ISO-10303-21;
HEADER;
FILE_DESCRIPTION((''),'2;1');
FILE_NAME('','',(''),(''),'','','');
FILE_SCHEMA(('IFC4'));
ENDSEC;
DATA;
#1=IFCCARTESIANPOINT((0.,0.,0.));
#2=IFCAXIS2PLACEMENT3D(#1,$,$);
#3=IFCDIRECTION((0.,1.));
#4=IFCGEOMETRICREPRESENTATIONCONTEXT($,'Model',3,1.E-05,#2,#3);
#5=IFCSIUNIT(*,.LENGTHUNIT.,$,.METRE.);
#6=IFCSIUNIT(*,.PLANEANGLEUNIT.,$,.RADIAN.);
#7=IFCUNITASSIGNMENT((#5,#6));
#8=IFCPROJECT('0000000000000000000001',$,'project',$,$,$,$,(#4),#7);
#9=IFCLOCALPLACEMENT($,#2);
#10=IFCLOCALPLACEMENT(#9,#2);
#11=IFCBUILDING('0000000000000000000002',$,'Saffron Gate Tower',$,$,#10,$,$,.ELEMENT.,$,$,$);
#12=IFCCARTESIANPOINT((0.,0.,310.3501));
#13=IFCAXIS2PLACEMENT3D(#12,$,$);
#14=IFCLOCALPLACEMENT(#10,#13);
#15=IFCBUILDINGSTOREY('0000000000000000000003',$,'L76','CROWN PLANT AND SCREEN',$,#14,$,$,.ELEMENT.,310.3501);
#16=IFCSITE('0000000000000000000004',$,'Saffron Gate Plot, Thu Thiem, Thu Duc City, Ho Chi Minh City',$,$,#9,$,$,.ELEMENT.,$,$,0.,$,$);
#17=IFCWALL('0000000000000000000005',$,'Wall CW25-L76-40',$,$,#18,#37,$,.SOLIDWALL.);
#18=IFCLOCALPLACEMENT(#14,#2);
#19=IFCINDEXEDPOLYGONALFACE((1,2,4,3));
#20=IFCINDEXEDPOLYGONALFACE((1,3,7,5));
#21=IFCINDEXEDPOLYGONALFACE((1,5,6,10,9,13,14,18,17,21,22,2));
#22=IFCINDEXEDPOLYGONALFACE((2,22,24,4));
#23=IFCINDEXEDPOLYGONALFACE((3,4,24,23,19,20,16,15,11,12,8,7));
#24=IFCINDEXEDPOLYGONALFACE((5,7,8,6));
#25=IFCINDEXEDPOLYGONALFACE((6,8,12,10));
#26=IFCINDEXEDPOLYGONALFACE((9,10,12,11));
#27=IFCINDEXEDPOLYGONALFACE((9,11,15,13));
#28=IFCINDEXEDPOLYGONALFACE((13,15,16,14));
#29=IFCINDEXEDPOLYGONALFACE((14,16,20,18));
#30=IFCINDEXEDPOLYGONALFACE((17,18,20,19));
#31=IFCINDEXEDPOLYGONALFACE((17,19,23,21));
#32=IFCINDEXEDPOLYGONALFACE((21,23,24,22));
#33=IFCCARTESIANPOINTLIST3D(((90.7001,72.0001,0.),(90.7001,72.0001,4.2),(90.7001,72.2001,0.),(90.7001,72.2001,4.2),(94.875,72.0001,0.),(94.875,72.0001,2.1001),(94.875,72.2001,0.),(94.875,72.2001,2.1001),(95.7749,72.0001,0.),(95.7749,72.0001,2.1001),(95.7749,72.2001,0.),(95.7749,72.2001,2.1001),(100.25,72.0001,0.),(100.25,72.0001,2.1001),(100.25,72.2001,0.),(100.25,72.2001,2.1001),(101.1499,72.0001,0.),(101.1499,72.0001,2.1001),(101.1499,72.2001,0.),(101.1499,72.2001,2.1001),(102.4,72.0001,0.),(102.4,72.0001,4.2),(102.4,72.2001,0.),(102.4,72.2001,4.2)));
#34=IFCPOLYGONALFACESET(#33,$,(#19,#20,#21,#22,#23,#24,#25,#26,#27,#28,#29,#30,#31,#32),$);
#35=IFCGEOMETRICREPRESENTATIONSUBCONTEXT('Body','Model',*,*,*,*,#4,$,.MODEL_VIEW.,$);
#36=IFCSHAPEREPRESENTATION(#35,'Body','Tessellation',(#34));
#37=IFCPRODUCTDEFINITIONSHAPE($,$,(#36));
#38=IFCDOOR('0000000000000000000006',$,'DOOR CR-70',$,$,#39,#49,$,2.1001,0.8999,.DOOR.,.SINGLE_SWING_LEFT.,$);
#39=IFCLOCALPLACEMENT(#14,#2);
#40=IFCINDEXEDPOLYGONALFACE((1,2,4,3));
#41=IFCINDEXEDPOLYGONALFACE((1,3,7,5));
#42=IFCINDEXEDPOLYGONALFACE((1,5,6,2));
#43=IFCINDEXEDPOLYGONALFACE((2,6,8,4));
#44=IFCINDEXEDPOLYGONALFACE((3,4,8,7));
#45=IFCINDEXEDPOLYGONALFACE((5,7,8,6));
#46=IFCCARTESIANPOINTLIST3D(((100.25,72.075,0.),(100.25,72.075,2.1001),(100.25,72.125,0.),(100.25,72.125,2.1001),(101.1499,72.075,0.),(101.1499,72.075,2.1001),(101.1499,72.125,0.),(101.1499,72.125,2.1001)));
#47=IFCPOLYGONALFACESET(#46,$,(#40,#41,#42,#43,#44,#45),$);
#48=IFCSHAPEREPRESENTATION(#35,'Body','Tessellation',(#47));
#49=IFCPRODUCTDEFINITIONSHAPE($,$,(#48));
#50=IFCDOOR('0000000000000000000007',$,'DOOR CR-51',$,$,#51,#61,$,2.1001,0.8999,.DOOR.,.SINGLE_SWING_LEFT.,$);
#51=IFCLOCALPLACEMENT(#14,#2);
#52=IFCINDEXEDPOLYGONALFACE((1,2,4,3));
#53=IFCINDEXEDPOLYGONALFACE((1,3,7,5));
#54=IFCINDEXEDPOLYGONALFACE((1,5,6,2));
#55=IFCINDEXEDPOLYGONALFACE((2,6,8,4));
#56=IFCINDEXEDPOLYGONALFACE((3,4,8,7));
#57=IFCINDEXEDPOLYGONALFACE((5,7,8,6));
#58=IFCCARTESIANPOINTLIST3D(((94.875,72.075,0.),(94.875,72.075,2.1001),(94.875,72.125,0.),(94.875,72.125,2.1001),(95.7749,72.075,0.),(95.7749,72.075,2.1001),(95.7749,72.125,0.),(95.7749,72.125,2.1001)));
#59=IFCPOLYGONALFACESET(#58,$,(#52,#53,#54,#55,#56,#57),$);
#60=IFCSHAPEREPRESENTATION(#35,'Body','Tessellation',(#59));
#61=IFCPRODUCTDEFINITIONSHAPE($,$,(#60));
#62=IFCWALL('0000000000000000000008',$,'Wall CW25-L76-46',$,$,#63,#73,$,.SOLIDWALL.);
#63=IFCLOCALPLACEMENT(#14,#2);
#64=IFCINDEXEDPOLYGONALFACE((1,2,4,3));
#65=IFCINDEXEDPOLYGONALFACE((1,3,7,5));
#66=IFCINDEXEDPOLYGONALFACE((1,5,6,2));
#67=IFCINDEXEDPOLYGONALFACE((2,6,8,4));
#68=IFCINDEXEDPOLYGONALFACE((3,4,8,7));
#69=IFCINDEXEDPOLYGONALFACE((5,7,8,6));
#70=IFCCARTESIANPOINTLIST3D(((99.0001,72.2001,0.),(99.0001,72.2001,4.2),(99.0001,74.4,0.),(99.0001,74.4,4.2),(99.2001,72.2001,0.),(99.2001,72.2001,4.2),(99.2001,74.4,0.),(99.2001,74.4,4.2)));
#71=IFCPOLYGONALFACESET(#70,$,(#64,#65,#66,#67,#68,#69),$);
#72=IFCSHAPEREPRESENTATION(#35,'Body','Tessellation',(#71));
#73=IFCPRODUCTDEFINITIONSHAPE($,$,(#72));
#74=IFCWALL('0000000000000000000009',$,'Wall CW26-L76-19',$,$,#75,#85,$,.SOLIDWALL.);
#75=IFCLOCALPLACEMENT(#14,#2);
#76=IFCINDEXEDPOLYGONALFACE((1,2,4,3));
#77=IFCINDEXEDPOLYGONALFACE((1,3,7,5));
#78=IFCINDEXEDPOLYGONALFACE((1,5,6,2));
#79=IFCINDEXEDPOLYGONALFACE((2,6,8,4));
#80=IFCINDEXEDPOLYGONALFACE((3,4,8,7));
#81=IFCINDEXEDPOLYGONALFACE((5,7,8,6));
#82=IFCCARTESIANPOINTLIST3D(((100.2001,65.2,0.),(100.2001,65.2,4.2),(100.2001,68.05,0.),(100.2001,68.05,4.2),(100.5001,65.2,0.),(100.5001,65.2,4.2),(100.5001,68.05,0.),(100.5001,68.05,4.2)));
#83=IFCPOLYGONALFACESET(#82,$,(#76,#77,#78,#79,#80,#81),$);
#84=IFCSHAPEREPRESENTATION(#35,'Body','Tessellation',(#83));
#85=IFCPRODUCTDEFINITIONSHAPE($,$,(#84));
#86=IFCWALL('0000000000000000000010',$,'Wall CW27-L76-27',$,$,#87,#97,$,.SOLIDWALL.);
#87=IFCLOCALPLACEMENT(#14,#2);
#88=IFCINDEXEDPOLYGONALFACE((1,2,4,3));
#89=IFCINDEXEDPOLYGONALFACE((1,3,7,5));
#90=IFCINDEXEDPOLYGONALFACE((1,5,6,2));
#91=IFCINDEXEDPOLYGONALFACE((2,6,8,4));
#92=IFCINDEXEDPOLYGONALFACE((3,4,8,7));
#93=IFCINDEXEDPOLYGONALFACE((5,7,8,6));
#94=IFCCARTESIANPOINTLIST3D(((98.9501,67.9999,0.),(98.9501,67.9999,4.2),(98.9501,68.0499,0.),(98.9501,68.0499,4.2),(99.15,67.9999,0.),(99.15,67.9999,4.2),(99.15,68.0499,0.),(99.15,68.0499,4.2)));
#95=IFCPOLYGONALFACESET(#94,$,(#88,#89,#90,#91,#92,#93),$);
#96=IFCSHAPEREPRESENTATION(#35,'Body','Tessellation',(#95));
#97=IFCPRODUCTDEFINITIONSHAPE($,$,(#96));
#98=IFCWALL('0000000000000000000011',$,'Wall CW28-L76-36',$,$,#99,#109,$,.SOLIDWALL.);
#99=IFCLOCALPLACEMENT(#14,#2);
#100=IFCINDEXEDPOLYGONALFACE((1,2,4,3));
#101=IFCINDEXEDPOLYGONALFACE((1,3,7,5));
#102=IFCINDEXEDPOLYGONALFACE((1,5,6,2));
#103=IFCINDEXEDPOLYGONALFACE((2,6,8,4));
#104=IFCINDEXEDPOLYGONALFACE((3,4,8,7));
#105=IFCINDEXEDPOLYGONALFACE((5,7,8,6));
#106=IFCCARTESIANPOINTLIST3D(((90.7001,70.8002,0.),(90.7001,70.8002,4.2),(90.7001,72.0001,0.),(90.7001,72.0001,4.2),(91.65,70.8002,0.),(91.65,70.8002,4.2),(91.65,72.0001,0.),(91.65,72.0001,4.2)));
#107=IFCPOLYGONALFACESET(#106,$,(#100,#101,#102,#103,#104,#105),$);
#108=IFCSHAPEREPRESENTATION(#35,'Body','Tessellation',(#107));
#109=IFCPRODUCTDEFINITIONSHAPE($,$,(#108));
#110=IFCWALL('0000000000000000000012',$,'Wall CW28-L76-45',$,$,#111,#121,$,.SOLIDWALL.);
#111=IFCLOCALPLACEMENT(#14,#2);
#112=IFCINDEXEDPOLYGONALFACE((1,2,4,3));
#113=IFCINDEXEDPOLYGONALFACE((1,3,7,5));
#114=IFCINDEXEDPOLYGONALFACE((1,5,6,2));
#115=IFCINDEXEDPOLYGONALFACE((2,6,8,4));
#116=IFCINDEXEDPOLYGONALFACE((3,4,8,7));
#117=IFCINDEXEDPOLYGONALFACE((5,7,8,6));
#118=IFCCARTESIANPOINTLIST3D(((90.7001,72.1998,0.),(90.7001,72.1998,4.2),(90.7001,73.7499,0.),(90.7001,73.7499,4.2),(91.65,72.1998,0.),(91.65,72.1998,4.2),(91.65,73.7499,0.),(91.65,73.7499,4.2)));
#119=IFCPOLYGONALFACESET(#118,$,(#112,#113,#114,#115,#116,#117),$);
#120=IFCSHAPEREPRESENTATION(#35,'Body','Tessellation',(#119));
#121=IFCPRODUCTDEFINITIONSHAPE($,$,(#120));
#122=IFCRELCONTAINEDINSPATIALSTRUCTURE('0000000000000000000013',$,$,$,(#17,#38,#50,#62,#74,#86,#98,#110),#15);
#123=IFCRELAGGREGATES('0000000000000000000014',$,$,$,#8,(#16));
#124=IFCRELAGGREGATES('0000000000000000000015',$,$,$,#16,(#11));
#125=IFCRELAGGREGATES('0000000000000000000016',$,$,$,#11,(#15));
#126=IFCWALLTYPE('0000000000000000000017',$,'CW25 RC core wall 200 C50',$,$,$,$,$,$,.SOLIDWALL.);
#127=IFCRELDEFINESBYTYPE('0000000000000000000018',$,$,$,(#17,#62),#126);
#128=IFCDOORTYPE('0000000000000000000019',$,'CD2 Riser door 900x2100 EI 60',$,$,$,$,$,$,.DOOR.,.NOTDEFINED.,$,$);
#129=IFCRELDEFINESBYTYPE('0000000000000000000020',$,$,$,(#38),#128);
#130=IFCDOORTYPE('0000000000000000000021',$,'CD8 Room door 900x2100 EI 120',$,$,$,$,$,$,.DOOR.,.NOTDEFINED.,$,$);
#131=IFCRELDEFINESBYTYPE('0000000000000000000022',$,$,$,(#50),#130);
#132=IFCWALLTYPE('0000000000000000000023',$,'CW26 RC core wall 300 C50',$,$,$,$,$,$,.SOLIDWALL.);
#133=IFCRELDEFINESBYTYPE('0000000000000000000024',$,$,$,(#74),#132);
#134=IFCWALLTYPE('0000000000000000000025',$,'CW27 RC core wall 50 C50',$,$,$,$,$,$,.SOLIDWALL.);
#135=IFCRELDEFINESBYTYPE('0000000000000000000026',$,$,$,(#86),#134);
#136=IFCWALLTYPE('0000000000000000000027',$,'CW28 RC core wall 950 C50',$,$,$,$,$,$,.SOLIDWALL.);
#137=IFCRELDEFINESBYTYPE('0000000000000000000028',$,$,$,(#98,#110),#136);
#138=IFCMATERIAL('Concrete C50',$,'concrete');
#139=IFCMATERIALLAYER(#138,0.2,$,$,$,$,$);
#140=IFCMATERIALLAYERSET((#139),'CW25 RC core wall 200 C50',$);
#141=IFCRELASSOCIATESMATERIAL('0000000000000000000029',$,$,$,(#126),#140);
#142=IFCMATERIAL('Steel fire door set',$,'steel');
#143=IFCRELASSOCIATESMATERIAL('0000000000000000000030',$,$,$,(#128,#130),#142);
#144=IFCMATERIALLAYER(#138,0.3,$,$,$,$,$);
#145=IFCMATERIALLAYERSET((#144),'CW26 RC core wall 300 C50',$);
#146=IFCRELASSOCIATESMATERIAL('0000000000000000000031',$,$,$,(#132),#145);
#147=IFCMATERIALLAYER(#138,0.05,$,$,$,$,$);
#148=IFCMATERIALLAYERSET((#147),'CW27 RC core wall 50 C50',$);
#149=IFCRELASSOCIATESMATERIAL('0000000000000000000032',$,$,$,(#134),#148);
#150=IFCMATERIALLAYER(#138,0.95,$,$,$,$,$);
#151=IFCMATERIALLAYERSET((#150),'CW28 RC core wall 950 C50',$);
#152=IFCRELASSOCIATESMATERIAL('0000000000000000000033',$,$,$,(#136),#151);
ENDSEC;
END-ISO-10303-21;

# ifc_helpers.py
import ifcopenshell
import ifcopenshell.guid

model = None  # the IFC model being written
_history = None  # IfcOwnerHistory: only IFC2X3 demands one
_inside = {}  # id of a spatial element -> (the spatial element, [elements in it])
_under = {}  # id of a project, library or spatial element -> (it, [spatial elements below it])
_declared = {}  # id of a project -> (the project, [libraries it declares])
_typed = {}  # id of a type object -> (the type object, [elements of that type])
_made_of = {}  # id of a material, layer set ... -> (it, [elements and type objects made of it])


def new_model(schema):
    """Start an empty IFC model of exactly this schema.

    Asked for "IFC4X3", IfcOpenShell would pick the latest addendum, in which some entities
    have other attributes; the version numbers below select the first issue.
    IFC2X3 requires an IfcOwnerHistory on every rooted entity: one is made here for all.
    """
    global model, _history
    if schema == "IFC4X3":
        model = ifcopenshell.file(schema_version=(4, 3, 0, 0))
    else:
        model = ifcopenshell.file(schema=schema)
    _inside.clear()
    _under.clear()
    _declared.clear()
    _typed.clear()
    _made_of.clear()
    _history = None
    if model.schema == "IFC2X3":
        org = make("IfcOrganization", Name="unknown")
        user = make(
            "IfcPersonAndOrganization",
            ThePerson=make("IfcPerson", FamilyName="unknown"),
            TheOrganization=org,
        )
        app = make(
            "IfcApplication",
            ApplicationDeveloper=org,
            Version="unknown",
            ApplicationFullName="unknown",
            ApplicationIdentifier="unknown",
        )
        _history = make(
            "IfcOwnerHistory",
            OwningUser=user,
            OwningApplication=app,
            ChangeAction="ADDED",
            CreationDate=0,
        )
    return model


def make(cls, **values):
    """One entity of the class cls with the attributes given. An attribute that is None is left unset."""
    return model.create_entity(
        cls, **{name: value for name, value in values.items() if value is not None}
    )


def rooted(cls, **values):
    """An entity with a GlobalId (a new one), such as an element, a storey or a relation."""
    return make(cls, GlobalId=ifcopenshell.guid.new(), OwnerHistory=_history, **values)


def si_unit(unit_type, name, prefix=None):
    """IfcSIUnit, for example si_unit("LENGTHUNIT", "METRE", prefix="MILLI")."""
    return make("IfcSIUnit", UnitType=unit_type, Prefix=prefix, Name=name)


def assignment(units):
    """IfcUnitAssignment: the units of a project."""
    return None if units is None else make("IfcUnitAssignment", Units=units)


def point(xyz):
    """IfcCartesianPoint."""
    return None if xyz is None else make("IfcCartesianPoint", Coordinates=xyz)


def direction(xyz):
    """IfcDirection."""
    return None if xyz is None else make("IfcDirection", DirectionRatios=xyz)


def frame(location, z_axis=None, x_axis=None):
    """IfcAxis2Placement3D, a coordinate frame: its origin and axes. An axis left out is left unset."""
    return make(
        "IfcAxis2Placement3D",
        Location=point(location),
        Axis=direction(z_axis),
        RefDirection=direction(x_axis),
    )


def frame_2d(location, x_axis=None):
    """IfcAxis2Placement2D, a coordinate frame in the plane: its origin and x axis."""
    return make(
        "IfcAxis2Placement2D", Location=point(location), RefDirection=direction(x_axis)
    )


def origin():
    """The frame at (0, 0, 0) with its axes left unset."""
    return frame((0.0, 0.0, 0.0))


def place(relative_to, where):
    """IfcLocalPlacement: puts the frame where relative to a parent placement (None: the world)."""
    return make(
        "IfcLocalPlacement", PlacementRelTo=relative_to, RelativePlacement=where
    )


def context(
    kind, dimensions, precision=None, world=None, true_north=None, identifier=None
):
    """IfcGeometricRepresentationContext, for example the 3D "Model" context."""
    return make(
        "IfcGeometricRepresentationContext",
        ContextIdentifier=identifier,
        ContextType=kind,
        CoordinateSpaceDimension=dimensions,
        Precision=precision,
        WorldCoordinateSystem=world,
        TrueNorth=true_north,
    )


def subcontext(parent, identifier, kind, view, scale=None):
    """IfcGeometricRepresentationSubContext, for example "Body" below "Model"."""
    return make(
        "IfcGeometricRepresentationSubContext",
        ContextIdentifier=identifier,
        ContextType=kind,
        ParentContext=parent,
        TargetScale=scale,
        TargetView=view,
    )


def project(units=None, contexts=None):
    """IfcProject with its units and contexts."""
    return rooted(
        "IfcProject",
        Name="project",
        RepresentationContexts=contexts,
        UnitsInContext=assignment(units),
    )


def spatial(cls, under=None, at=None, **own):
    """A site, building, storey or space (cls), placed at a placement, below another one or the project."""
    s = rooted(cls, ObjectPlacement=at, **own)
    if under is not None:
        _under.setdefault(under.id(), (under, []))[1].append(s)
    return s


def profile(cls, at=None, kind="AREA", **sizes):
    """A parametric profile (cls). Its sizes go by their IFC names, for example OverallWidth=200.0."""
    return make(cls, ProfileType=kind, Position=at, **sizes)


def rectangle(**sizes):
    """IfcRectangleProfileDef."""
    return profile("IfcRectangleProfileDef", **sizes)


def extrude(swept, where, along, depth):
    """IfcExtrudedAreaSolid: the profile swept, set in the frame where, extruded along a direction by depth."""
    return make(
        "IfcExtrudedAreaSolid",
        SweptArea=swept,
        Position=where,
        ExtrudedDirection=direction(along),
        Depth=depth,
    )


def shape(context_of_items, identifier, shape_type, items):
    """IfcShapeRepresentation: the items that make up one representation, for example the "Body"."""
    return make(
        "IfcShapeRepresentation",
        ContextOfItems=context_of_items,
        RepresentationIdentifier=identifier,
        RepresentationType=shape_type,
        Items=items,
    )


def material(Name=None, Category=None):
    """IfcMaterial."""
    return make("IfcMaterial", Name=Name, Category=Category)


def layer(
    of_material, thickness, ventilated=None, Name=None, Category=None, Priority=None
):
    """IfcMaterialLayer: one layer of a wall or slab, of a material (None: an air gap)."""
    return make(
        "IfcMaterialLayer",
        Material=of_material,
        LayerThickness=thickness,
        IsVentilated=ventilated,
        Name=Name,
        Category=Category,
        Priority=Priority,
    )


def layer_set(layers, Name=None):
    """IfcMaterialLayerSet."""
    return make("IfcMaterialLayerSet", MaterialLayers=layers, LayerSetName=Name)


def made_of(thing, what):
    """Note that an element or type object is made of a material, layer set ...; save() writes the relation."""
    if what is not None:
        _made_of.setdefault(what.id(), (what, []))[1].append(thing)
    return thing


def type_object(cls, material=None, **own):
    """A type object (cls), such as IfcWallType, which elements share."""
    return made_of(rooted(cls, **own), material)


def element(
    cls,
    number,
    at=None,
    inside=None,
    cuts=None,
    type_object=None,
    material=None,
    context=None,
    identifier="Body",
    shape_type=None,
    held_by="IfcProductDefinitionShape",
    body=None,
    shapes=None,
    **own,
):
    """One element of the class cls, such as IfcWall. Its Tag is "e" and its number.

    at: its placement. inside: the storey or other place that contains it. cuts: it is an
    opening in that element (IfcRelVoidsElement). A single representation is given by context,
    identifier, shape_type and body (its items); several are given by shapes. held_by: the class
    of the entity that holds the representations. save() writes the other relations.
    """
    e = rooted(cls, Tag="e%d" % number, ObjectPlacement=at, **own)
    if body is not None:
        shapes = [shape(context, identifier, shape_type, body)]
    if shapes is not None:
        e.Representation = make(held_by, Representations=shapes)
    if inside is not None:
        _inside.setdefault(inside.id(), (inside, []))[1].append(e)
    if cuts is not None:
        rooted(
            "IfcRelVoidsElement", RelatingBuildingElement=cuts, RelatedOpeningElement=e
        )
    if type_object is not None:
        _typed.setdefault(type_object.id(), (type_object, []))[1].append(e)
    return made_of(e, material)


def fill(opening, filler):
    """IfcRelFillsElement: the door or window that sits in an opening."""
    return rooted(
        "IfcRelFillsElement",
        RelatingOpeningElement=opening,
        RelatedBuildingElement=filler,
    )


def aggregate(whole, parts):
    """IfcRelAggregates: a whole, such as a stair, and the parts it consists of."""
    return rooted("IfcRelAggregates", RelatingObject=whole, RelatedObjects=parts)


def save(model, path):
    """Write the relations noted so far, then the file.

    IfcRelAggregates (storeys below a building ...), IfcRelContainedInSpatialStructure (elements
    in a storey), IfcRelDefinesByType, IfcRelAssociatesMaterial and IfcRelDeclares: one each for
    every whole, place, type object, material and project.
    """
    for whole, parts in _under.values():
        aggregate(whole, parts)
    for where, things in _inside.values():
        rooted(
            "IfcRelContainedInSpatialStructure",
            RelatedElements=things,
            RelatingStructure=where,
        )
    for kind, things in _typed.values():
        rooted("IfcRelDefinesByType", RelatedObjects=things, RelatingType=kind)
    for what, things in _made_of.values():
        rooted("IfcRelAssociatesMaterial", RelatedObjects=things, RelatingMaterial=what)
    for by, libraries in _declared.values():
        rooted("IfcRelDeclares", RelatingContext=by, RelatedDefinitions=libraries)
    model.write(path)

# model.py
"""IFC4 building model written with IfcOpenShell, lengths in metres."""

from ifc_helpers import new_model, si_unit, direction, frame, frame_2d, origin, place, context, subcontext, project, spatial, rectangle, extrude, material, layer, layer_set, type_object, element, fill, save


model = new_model("IFC4")

# Units and contexts
model_context = context("Model", 3, precision=1e-05, world=origin(), true_north=direction((0.0, 1.0)))
body_context = subcontext(model_context, "Body", "Model", "MODEL_VIEW")
ifc_project = project(units=[si_unit("LENGTHUNIT", "METRE"), si_unit("PLANEANGLEUNIT", "RADIAN")], contexts=[model_context])

# Site, building, storey
site_placement = place(None, origin())
site = spatial("IfcSite", under=ifc_project, at=site_placement, Name="Saffron Gate Plot, Thu Thiem, Thu Duc City, Ho Chi Minh City", CompositionType="ELEMENT", RefElevation=0.0)
building_placement = place(site_placement, origin())
building = spatial("IfcBuilding", under=site, at=building_placement, Name="Saffron Gate Tower", CompositionType="ELEMENT")
storey_placement = place(building_placement, frame((0.0, 0.0, 310.3501)))
storey = spatial("IfcBuildingStorey", under=building, at=storey_placement, Name="L76", Description="CROWN PLANT AND SCREEN", CompositionType="ELEMENT", Elevation=310.3501)

# Shared definitions
ifc_material_1 = material(Name="Concrete C50", Category="concrete")

# Shared definitions
ifc_material_2 = material(Name="Steel fire door set", Category="steel")

# Shared definitions
ifc_layer_1 = layer(ifc_material_1, 0.2)
ifc_layer_set_1 = layer_set([ifc_layer_1], Name="CW25 RC core wall 200 C50")
wall_type_1 = type_object("IfcWallType", Name="CW25 RC core wall 200 C50", PredefinedType="SOLIDWALL", material=ifc_layer_set_1)

# Shared definitions
door_type_1 = type_object("IfcDoorType", Name="CD2 Riser door 900x2100 EI 60", OperationType="NOTDEFINED", PredefinedType="DOOR", material=ifc_material_2)

# Wall, openings, doors
wall_1_placement = place(storey_placement, frame((90.7, 72.1001, 0.0), z_axis=(0.0, 0.0, 1.0), x_axis=(1.0, 0.0, 0.0)))
wall_1 = element("IfcWall", 1, at=wall_1_placement, inside=storey, type_object=wall_type_1, Name="Wall CW25-L76-40", PredefinedType="SOLIDWALL", context=body_context, shape_type="SweptSolid", body=[
    extrude(rectangle(XDim=11.7, YDim=0.2, at=frame_2d((5.8501, 0.0))), origin(), (0.0, 0.0, 1.0), 4.2),
])
opening_1_placement = place(wall_1_placement, frame((4.175, 0.0, 0.0)))
opening_1 = element("IfcOpeningElement", 2, at=opening_1_placement, cuts=wall_1, PredefinedType="OPENING", context=body_context, shape_type="SweptSolid", body=[
    extrude(rectangle(XDim=0.8999, YDim=2.1001, at=frame_2d((0.45, 1.05))), frame((0.0, 0.1099, 0.0), z_axis=(0.0, -1.0, 0.0), x_axis=(1.0, 0.0, 0.0)), (0.0, 0.0, 1.0), 0.22),
])
opening_2_placement = place(wall_1_placement, frame((9.55, 0.0, 0.0)))
opening_2 = element("IfcOpeningElement", 3, at=opening_2_placement, cuts=wall_1, PredefinedType="OPENING", context=body_context, shape_type="SweptSolid", body=[
    extrude(rectangle(XDim=0.8999, YDim=2.1001, at=frame_2d((0.45, 1.05))), frame((0.0, 0.1099, 0.0), z_axis=(0.0, -1.0, 0.0), x_axis=(1.0, 0.0, 0.0)), (0.0, 0.0, 1.0), 0.22),
])
door_1_placement = place(opening_2_placement, origin())
door_1 = element("IfcDoor", 4, at=door_1_placement, inside=storey, type_object=door_type_1, Name="DOOR CR-70", OperationType="SINGLE_SWING_LEFT", OverallHeight=2.1001, OverallWidth=0.8999, PredefinedType="DOOR", context=body_context, shape_type="SweptSolid", body=[
    extrude(rectangle(XDim=0.8999, YDim=2.1001, at=frame_2d((0.45, 1.05))), frame((0.0, 0.0249, 0.0), z_axis=(0.0, -1.0, 0.0), x_axis=(1.0, 0.0, 0.0)), (0.0, 0.0, 1.0), 0.05),
])
fill(opening_2, door_1)
door_type_2 = type_object("IfcDoorType", Name="CD8 Room door 900x2100 EI 120", OperationType="NOTDEFINED", PredefinedType="DOOR", material=ifc_material_2)
door_2_placement = place(opening_1_placement, origin())
door_2 = element("IfcDoor", 5, at=door_2_placement, inside=storey, type_object=door_type_2, Name="DOOR CR-51", OperationType="SINGLE_SWING_LEFT", OverallHeight=2.1001, OverallWidth=0.8999, PredefinedType="DOOR", context=body_context, shape_type="SweptSolid", body=[
    extrude(rectangle(XDim=0.8999, YDim=2.1001, at=frame_2d((0.45, 1.05))), frame((0.0, 0.0249, 0.0), z_axis=(0.0, -1.0, 0.0), x_axis=(1.0, 0.0, 0.0)), (0.0, 0.0, 1.0), 0.05),
])
fill(opening_1, door_2)

# Walls
wall_2_placement = place(storey_placement, frame((99.1001, 72.2, 0.0), z_axis=(0.0, 0.0, 1.0), x_axis=(0.0, 1.0, 0.0)))
element("IfcWall", 6, at=wall_2_placement, inside=storey, type_object=wall_type_1, Name="Wall CW25-L76-46", PredefinedType="SOLIDWALL", context=body_context, shape_type="SweptSolid", body=[
    extrude(rectangle(XDim=2.2, YDim=0.2, at=frame_2d((1.1001, 0.0))), origin(), (0.0, 0.0, 1.0), 4.2),
])
ifc_layer_2 = layer(ifc_material_1, 0.3)
ifc_layer_set_2 = layer_set([ifc_layer_2], Name="CW26 RC core wall 300 C50")
wall_type_2 = type_object("IfcWallType", Name="CW26 RC core wall 300 C50", PredefinedType="SOLIDWALL", material=ifc_layer_set_2)
wall_3_placement = place(storey_placement, frame((100.3501, 65.2, 0.0), z_axis=(0.0, 0.0, 1.0), x_axis=(0.0, 1.0, 0.0)))
element("IfcWall", 7, at=wall_3_placement, inside=storey, type_object=wall_type_2, Name="Wall CW26-L76-19", PredefinedType="SOLIDWALL", context=body_context, shape_type="SweptSolid", body=[
    extrude(rectangle(XDim=2.8501, YDim=0.3, at=frame_2d((1.425, 0.0))), origin(), (0.0, 0.0, 1.0), 4.2),
])
ifc_layer_3 = layer(ifc_material_1, 0.05)
ifc_layer_set_3 = layer_set([ifc_layer_3], Name="CW27 RC core wall 50 C50")
wall_type_3 = type_object("IfcWallType", Name="CW27 RC core wall 50 C50", PredefinedType="SOLIDWALL", material=ifc_layer_set_3)
wall_4_placement = place(storey_placement, frame((98.95, 68.0249, 0.0), z_axis=(0.0, 0.0, 1.0), x_axis=(1.0, 0.0, 0.0)))
element("IfcWall", 8, at=wall_4_placement, inside=storey, type_object=wall_type_3, Name="Wall CW27-L76-27", PredefinedType="SOLIDWALL", context=body_context, shape_type="SweptSolid", body=[
    extrude(rectangle(XDim=0.2, YDim=0.05, at=frame_2d((0.1001, 0.0))), origin(), (0.0, 0.0, 1.0), 4.2),
])
ifc_layer_4 = layer(ifc_material_1, 0.95)
ifc_layer_set_4 = layer_set([ifc_layer_4], Name="CW28 RC core wall 950 C50")
wall_type_4 = type_object("IfcWallType", Name="CW28 RC core wall 950 C50", PredefinedType="SOLIDWALL", material=ifc_layer_set_4)
wall_5_placement = place(storey_placement, frame((91.175, 70.8, 0.0), z_axis=(0.0, 0.0, 1.0), x_axis=(0.0, 1.0, 0.0)))
element("IfcWall", 9, at=wall_5_placement, inside=storey, type_object=wall_type_4, Name="Wall CW28-L76-36", PredefinedType="SOLIDWALL", context=body_context, shape_type="SweptSolid", body=[
    extrude(rectangle(XDim=1.2, YDim=0.95, at=frame_2d((0.6001, 0.0))), origin(), (0.0, 0.0, 1.0), 4.2),
])
wall_6_placement = place(storey_placement, frame((91.175, 72.2, 0.0), z_axis=(0.0, 0.0, 1.0), x_axis=(0.0, 1.0, 0.0)))
element("IfcWall", 10, at=wall_6_placement, inside=storey, type_object=wall_type_4, Name="Wall CW28-L76-45", PredefinedType="SOLIDWALL", context=body_context, shape_type="SweptSolid", body=[
    extrude(rectangle(XDim=1.55, YDim=0.95, at=frame_2d((0.7749, 0.0))), origin(), (0.0, 0.0, 1.0), 4.2),
])

save(model, "model.ifc")
